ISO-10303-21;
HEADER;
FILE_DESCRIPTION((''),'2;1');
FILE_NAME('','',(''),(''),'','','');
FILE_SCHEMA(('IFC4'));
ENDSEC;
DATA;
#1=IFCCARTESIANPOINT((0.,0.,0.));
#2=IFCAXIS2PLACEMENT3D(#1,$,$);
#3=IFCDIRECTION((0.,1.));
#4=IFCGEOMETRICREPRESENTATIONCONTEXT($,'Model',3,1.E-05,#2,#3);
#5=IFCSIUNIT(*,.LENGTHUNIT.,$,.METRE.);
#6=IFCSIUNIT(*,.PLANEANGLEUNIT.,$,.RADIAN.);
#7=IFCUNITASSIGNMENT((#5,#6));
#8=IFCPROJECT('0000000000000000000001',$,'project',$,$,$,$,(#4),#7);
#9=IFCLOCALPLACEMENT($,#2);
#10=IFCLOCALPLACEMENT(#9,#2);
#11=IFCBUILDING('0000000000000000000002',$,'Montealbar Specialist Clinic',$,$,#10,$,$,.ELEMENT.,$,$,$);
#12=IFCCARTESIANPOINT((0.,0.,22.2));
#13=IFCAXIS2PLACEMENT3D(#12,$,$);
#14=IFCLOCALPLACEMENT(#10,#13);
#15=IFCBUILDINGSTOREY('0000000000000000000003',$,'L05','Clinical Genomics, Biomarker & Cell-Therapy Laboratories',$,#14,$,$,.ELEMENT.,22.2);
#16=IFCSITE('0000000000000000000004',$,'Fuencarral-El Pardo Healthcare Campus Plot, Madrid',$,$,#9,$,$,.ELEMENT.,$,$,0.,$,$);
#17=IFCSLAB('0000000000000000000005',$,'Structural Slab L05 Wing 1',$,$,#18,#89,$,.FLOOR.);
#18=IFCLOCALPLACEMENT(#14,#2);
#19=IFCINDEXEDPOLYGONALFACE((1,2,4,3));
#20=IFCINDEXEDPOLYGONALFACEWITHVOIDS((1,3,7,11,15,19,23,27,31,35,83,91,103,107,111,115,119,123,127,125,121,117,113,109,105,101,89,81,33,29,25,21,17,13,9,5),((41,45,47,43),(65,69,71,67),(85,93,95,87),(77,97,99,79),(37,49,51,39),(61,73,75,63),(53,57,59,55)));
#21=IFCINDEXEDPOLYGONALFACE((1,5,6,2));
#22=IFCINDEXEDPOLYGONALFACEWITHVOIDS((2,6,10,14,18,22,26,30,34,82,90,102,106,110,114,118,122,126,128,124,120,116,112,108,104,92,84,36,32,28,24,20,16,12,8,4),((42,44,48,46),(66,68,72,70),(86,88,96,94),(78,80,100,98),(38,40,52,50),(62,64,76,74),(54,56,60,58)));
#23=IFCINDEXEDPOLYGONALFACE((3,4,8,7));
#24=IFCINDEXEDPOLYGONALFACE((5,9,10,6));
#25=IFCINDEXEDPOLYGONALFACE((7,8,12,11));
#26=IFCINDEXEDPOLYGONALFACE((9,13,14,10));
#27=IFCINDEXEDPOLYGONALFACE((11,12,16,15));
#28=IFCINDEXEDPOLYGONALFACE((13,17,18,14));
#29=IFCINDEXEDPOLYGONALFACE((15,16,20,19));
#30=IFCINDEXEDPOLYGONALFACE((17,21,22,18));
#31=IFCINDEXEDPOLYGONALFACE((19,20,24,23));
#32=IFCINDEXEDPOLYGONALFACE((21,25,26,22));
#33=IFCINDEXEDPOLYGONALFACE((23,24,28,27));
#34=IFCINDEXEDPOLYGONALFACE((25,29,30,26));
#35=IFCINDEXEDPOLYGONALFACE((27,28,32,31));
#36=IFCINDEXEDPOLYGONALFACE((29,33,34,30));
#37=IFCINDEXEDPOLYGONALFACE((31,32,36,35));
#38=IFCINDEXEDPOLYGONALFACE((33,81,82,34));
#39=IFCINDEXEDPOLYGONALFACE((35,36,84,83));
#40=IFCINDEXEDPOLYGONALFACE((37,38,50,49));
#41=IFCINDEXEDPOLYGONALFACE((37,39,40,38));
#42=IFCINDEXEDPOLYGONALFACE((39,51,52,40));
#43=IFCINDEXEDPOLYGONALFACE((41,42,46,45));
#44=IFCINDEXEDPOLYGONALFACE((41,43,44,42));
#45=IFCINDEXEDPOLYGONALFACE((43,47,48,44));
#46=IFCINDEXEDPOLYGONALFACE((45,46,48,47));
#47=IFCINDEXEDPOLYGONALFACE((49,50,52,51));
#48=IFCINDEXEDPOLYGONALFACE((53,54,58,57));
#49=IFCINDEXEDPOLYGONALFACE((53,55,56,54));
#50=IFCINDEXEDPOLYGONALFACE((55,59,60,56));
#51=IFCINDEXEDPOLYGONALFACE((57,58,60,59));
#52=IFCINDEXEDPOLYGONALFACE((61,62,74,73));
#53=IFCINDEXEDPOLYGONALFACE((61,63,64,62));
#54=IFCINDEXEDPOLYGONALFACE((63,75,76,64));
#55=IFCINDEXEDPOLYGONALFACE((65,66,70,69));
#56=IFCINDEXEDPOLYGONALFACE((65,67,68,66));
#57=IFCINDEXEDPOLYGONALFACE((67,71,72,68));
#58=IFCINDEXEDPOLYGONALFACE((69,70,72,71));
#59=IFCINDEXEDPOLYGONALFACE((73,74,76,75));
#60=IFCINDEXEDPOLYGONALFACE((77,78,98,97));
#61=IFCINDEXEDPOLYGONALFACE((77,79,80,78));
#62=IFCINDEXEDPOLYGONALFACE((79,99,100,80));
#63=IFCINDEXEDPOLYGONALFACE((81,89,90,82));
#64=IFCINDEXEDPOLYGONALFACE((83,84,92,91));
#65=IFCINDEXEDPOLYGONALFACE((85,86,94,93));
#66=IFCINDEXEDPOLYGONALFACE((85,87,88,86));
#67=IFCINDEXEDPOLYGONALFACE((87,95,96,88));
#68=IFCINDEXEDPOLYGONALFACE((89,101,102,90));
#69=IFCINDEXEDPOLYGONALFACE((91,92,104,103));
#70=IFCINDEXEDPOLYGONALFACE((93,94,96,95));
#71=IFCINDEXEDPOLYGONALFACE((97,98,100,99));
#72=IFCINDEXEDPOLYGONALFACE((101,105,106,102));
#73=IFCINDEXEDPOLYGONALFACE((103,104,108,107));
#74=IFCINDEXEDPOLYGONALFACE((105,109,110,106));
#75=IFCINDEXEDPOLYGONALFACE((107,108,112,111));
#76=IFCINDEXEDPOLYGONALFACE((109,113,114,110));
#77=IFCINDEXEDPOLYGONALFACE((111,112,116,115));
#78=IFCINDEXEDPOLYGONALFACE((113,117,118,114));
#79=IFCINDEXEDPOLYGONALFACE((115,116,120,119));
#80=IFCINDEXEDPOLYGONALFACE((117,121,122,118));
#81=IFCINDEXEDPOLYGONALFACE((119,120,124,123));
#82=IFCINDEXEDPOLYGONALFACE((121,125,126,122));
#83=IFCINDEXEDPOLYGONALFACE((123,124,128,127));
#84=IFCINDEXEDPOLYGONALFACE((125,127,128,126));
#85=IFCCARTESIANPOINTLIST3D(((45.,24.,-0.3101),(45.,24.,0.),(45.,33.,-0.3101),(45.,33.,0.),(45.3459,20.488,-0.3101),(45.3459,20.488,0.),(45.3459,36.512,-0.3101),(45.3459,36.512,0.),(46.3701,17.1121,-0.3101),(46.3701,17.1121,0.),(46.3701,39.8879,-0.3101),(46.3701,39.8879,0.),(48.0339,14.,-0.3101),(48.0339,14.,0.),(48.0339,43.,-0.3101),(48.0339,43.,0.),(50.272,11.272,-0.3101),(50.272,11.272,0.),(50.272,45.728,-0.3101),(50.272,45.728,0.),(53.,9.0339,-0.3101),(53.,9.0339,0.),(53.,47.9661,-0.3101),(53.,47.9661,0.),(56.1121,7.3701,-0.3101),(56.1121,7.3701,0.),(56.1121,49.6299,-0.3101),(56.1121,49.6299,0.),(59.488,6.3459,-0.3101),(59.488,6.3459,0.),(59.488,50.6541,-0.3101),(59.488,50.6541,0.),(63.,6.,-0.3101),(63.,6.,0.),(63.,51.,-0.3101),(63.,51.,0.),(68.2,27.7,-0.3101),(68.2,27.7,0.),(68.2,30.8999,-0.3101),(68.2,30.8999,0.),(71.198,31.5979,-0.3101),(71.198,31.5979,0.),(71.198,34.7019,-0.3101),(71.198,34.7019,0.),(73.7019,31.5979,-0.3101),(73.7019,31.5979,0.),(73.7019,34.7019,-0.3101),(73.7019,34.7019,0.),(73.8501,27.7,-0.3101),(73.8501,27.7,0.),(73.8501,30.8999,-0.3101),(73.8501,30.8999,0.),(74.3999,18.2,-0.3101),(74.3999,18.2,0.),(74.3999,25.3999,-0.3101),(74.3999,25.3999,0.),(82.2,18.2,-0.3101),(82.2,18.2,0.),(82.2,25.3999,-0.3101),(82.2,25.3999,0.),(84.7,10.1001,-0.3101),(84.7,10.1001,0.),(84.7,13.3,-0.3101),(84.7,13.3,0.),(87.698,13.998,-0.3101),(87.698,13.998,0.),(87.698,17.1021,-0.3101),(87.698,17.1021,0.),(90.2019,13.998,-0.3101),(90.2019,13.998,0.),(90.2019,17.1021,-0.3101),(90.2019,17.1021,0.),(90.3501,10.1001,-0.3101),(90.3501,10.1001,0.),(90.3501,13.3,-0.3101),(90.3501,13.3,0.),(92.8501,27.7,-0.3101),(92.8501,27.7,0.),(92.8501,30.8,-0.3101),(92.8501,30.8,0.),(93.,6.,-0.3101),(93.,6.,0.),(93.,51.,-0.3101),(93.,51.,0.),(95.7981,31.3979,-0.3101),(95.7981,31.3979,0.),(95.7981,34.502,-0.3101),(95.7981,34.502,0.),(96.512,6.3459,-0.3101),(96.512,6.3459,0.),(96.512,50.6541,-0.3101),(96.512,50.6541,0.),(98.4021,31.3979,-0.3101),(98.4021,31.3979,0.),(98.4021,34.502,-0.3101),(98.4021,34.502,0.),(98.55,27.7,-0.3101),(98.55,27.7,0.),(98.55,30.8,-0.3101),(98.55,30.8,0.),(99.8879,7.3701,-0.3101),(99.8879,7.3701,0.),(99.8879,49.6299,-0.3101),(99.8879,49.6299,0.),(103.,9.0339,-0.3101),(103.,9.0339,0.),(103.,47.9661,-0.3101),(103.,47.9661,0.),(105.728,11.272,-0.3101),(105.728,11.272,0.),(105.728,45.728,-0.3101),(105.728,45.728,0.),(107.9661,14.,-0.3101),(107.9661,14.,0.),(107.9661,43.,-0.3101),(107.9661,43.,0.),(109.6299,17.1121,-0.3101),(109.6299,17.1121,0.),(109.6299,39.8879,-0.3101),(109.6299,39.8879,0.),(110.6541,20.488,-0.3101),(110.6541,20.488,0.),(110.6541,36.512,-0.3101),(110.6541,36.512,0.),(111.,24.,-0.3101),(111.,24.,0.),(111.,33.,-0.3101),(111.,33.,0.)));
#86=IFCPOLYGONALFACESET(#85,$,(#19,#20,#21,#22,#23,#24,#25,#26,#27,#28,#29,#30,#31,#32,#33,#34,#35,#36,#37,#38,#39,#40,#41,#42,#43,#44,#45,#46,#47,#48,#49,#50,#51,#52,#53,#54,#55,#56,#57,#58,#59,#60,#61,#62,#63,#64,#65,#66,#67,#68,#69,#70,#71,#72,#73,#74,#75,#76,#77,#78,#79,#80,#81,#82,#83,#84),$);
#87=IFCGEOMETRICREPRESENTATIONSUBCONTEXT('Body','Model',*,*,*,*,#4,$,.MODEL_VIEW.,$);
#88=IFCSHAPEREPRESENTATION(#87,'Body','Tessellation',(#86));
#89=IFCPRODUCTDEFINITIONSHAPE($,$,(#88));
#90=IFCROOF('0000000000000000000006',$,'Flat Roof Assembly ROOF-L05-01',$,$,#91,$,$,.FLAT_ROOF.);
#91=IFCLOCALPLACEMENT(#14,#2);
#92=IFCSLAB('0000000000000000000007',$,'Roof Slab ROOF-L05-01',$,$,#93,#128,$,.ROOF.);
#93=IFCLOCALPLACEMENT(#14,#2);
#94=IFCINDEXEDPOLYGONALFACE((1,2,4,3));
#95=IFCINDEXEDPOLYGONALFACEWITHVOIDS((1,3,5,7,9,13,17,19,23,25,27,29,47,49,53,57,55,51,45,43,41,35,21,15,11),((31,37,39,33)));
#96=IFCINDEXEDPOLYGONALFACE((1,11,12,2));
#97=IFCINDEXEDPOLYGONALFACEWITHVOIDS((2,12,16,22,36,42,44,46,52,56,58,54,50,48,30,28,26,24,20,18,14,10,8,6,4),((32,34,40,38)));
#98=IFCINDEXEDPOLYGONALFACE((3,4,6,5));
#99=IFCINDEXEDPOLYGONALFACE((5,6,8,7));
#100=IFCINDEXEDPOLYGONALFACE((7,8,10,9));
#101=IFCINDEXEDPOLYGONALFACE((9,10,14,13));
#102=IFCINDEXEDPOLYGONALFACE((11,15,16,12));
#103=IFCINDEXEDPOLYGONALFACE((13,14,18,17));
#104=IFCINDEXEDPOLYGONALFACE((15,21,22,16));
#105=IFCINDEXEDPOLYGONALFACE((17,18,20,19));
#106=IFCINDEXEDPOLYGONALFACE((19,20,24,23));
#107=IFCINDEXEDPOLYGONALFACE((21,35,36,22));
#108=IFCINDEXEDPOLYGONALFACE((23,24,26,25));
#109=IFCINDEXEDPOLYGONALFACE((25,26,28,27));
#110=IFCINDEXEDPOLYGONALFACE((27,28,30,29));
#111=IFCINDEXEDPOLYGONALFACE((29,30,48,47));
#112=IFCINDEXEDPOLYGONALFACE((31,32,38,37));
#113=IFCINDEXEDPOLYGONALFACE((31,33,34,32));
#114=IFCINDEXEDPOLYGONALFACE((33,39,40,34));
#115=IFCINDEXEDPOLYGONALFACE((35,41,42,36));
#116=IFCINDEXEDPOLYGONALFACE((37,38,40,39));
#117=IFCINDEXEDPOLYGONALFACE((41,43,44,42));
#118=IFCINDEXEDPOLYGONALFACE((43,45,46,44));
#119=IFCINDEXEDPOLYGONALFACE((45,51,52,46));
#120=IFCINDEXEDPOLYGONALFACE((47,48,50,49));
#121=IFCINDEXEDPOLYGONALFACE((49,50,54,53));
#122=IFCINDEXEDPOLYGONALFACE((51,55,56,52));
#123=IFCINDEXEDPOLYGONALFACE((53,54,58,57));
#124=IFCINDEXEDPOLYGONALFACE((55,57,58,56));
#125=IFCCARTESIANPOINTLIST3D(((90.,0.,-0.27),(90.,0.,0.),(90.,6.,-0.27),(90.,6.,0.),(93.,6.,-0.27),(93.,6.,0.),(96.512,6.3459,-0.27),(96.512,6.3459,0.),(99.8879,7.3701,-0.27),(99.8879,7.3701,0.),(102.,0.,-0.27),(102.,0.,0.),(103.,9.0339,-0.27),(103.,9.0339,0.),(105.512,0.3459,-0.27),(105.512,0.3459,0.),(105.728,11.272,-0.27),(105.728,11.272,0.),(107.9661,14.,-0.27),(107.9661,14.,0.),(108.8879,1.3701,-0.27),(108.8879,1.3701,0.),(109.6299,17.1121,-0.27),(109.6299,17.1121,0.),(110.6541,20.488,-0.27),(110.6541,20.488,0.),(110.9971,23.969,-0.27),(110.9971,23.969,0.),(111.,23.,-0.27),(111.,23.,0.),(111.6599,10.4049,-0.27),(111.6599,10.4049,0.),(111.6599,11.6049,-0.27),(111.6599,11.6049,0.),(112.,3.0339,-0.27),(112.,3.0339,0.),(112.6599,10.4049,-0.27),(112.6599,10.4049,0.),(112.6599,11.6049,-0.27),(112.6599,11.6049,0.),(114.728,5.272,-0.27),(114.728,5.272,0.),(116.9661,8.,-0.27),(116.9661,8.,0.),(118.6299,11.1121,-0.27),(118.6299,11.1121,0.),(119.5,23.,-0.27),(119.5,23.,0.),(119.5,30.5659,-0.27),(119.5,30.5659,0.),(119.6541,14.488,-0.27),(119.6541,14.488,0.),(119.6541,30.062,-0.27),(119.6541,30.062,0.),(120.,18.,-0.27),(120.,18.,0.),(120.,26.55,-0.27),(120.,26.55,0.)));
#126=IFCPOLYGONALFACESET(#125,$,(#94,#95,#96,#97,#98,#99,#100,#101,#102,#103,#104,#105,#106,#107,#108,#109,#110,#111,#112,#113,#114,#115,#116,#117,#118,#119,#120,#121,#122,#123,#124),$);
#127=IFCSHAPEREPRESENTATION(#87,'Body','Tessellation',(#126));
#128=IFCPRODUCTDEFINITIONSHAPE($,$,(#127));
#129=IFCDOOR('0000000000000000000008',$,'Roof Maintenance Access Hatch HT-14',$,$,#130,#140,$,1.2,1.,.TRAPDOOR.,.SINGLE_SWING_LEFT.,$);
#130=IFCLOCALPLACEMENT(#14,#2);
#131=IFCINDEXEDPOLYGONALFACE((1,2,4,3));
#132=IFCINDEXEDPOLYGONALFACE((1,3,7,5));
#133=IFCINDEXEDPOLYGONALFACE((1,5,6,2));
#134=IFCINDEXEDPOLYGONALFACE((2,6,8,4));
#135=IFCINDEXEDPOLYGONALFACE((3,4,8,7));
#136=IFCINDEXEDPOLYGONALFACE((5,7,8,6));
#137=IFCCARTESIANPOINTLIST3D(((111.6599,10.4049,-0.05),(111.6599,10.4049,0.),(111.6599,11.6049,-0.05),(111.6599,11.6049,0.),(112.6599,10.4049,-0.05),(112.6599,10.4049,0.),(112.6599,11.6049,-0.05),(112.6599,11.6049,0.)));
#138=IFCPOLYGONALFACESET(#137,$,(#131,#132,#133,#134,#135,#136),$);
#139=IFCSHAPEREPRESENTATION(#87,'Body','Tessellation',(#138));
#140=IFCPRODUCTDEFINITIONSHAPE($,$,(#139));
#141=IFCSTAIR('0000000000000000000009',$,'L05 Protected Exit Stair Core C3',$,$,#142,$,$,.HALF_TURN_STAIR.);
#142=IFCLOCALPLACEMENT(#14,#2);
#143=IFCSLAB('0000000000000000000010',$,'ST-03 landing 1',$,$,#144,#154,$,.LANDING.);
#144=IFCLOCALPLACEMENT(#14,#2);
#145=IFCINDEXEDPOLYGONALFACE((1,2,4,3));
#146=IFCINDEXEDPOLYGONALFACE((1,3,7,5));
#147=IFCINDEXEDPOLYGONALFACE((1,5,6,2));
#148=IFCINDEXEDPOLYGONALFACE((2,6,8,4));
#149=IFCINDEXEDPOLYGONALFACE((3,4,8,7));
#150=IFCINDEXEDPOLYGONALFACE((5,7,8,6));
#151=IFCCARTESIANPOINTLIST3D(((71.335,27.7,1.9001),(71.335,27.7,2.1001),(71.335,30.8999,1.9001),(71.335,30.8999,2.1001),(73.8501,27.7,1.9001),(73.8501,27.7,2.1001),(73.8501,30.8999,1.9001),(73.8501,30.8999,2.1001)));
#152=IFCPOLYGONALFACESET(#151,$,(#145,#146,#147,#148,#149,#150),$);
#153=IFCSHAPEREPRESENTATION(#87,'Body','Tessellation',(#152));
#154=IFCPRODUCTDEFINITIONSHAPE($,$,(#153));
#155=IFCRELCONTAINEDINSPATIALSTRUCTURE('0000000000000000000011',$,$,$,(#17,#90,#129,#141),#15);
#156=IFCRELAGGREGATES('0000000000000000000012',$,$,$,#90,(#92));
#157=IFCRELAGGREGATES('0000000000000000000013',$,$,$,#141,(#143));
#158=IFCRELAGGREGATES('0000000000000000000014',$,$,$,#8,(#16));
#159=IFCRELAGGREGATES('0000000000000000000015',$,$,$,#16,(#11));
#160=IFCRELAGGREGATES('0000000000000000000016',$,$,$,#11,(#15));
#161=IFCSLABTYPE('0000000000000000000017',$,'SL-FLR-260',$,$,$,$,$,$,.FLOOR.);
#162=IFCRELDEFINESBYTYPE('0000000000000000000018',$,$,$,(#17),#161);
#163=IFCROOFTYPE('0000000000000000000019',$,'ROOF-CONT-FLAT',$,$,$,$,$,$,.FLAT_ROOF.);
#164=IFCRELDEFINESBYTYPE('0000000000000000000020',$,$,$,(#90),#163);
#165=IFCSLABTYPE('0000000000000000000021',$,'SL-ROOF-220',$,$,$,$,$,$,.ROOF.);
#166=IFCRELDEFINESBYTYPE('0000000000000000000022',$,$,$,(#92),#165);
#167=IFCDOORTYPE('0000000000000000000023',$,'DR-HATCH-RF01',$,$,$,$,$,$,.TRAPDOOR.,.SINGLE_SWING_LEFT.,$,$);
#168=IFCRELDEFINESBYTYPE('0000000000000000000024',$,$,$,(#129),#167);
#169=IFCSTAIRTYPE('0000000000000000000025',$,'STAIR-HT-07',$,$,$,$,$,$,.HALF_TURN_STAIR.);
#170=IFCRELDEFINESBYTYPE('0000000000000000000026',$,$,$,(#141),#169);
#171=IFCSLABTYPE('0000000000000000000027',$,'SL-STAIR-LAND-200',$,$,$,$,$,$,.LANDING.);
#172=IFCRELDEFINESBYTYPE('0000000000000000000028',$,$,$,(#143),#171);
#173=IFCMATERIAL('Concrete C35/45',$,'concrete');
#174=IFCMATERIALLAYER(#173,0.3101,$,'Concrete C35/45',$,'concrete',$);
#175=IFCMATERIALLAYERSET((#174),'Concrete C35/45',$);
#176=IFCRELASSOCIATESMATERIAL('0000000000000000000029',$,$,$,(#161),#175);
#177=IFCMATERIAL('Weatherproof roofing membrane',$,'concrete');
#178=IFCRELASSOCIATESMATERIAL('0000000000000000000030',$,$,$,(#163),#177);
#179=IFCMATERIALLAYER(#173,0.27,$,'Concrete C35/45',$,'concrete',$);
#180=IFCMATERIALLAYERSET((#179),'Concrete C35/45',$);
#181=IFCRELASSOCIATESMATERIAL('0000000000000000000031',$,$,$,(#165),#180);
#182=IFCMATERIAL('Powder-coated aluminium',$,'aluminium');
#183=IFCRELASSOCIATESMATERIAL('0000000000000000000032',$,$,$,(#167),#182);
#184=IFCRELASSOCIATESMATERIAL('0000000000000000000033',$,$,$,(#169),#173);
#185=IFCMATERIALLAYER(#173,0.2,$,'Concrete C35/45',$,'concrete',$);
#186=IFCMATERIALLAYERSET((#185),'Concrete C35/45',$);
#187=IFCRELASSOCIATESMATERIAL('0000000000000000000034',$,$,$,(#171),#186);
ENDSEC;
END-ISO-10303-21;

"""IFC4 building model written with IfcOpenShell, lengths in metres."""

from ifc_helpers import new_model, si_unit, direction, frame, origin, origin_2d, place, context, subcontext, project, spatial, polyline, rectangle, outline, extrude, material, layer, layer_set, type_object, element, fill, aggregate, save


model = new_model("IFC4")

# Units and contexts
model_context = context("Model", 3, precision=1e-05, world=origin(), true_north=direction((0.0, 1.0)))
body_context = subcontext(model_context, "Body", "Model", "MODEL_VIEW")
ifc_project = project(units=[si_unit("LENGTHUNIT", "METRE"), si_unit("PLANEANGLEUNIT", "RADIAN")], contexts=[model_context])

# Site, building, storey
site_placement = place(None, origin())
site = spatial("IfcSite", under=ifc_project, at=site_placement, Name="Fuencarral-El Pardo Healthcare Campus Plot, Madrid", CompositionType="ELEMENT", RefElevation=0.0)
building_placement = place(site_placement, origin())
building = spatial("IfcBuilding", under=site, at=building_placement, Name="Montealbar Specialist Clinic", CompositionType="ELEMENT")
storey_placement = place(building_placement, frame((0.0, 0.0, 22.2)))
storey = spatial("IfcBuildingStorey", under=building, at=storey_placement, Name="L05", Description="Clinical Genomics, Biomarker & Cell-Therapy Laboratories", CompositionType="ELEMENT", Elevation=22.2)

# Slab, openings
ifc_material_1 = material(Name="Concrete C35/45", Category="concrete")
ifc_layer_1 = layer(ifc_material_1, 0.3101, Name="Concrete C35/45", Category="concrete")
ifc_layer_set_1 = layer_set([ifc_layer_1], Name="Concrete C35/45")
slab_type_1 = type_object("IfcSlabType", Name="SL-FLR-260", PredefinedType="FLOOR", material=ifc_layer_set_1)
slab_1_placement = place(storey_placement, frame((0.0, 0.0, -0.3101)))
slab_1 = element("IfcSlab", 1, at=slab_1_placement, inside=storey, type_object=slab_type_1, Name="Structural Slab L05 Wing 1", PredefinedType="FLOOR", context=body_context, shape_type="SweptSolid", body=[
    extrude(outline(polyline([(45.0, 33.0), (45.3459, 36.512), (46.3701, 39.8879), (48.0339, 43.0), (50.272, 45.728), (53.0, 47.9661), (56.1121, 49.6299), (59.488, 50.6541), (63.0, 51.0), (93.0, 51.0), (96.512, 50.6541), (99.8879, 49.6299), (103.0, 47.9661), (105.728, 45.728), (107.9661, 43.0), (109.6299, 39.8879), (110.6541, 36.512), (111.0, 33.0), (111.0, 24.0), (110.6541, 20.488), (109.6299, 17.1121), (107.9661, 14.0), (105.728, 11.272), (103.0, 9.0339), (99.8879, 7.3701), (96.512, 6.3459), (93.0, 6.0), (63.0, 6.0), (59.488, 6.3459), (56.1121, 7.3701), (53.0, 9.0339), (50.272, 11.272), (48.0339, 14.0), (46.3701, 17.1121), (45.3459, 20.488), (45.0, 24.0), (45.0, 33.0)]), holes=[polyline([(82.2, 18.2), (82.2, 25.3999), (74.3999, 25.3999), (74.3999, 18.2), (82.2, 18.2)]), polyline([(84.7, 10.1001), (90.3501, 10.1001), (90.3501, 13.3), (84.7, 13.3), (84.7, 10.1001)]), polyline([(87.698, 17.1021), (87.698, 13.998), (90.2019, 13.998), (90.2019, 17.1021), (87.698, 17.1021)]), polyline([(92.8501, 30.8), (92.8501, 27.7), (98.55, 27.7), (98.55, 30.8), (92.8501, 30.8)]), polyline([(68.2, 27.7), (73.8501, 27.7), (73.8501, 30.8999), (68.2, 30.8999), (68.2, 27.7)]), polyline([(95.7981, 34.502), (95.7981, 31.3979), (98.4021, 31.3979), (98.4021, 34.502), (95.7981, 34.502)]), polyline([(71.198, 34.7019), (71.198, 31.5979), (73.7019, 31.5979), (73.7019, 34.7019), (71.198, 34.7019)])]), origin(), (0.0, 0.0, 1.0), 0.3101),
])
opening_1_placement = place(slab_1_placement, frame((71.0249, 29.2998, -0.01)))
element("IfcOpeningElement", 2, at=opening_1_placement, cuts=slab_1, PredefinedType="OPENING", context=body_context, shape_type="SweptSolid", body=[
    extrude(rectangle(XDim=5.6462, YDim=3.196, at=origin_2d()), origin(), (0.0, 0.0, 1.0), 0.3301),
])
opening_2_placement = place(slab_1_placement, frame((72.45, 33.1499, -0.01)))
element("IfcOpeningElement", 3, at=opening_2_placement, cuts=slab_1, PredefinedType="OPENING", context=body_context, shape_type="SweptSolid", body=[
    extrude(rectangle(XDim=2.5, YDim=3.1001, at=origin_2d()), origin(), (0.0, 0.0, 1.0), 0.3301),
])
opening_3_placement = place(slab_1_placement, frame((87.5249, 11.7002, -0.01)))
element("IfcOpeningElement", 4, at=opening_3_placement, cuts=slab_1, PredefinedType="OPENING", context=body_context, shape_type="SweptSolid", body=[
    extrude(rectangle(XDim=5.6462, YDim=3.196, at=origin_2d()), origin(), (0.0, 0.0, 1.0), 0.3301),
])
opening_4_placement = place(slab_1_placement, frame((88.95, 15.55, -0.01)))
element("IfcOpeningElement", 5, at=opening_4_placement, cuts=slab_1, PredefinedType="OPENING", context=body_context, shape_type="SweptSolid", body=[
    extrude(rectangle(XDim=2.5, YDim=3.1001, at=origin_2d()), origin(), (0.0, 0.0, 1.0), 0.3301),
])
opening_5_placement = place(slab_1_placement, frame((95.7002, 29.25, -0.01)))
element("IfcOpeningElement", 6, at=opening_5_placement, cuts=slab_1, PredefinedType="OPENING", context=body_context, shape_type="SweptSolid", body=[
    extrude(rectangle(XDim=5.696, YDim=3.0962, at=origin_2d()), origin(), (0.0, 0.0, 1.0), 0.3301),
])
opening_6_placement = place(slab_1_placement, frame((97.1001, 32.95, -0.01)))
element("IfcOpeningElement", 7, at=opening_6_placement, cuts=slab_1, PredefinedType="OPENING", context=body_context, shape_type="SweptSolid", body=[
    extrude(rectangle(XDim=2.6001, YDim=3.1001, at=origin_2d()), origin(), (0.0, 0.0, 1.0), 0.3301),
])

# Roof, slab, opening, door
ifc_material_2 = material(Name="Weatherproof roofing membrane", Category="concrete")
roof_type = type_object("IfcRoofType", Name="ROOF-CONT-FLAT", PredefinedType="FLAT_ROOF", material=ifc_material_2)
roof_1_placement = place(storey_placement, origin())
roof_1 = element("IfcRoof", 8, at=roof_1_placement, inside=storey, type_object=roof_type, Name="Flat Roof Assembly ROOF-L05-01", PredefinedType="FLAT_ROOF")
ifc_layer_2 = layer(ifc_material_1, 0.27, Name="Concrete C35/45", Category="concrete")
ifc_layer_set_2 = layer_set([ifc_layer_2], Name="Concrete C35/45")
slab_type_2 = type_object("IfcSlabType", Name="SL-ROOF-220", PredefinedType="ROOF", material=ifc_layer_set_2)
slab_2_placement = place(storey_placement, frame((0.0, 0.0, -0.27)))
slab_2 = element("IfcSlab", 9, at=slab_2_placement, type_object=slab_type_2, Name="Roof Slab ROOF-L05-01", PredefinedType="ROOF", context=body_context, shape_type="SweptSolid", body=[
    extrude(outline(polyline([(120.0, 26.55), (120.0, 18.0), (119.6541, 14.488), (118.6299, 11.1121), (116.9661, 8.0), (114.728, 5.272), (112.0, 3.0339), (108.8879, 1.3701), (105.512, 0.3459), (102.0, 0.0), (90.0, 0.0), (90.0, 6.0), (93.0, 6.0), (96.512, 6.3459), (99.8879, 7.3701), (103.0, 9.0339), (105.728, 11.272), (107.9661, 14.0), (109.6299, 17.1121), (110.6541, 20.488), (110.9971, 23.969), (111.0, 23.0), (119.5, 23.0), (119.5, 30.5659), (119.6541, 30.062), (120.0, 26.55)]), holes=[polyline([(112.6499, 11.595), (111.6699, 11.595), (111.6699, 10.415), (112.6499, 10.415), (112.6499, 11.595)])]), origin(), (0.0, 0.0, 1.0), 0.27),
])
opening_7_placement = place(slab_2_placement, frame((112.1599, 11.0049, -0.01)))
opening_7 = element("IfcOpeningElement", 10, at=opening_7_placement, cuts=slab_2, PredefinedType="OPENING", context=body_context, shape_type="SweptSolid", body=[
    extrude(rectangle(XDim=1.0, YDim=1.2, at=origin_2d()), origin(), (0.0, 0.0, 1.0), 0.29),
])
ifc_material_3 = material(Name="Powder-coated aluminium", Category="aluminium")
door_type = type_object("IfcDoorType", Name="DR-HATCH-RF01", OperationType="SINGLE_SWING_LEFT", PredefinedType="TRAPDOOR", material=ifc_material_3)
door_1_placement = place(slab_2_placement, frame((112.1599, 11.0049, 0.22)))
door_1 = element("IfcDoor", 11, at=door_1_placement, inside=storey, type_object=door_type, Name="Roof Maintenance Access Hatch HT-14", OperationType="SINGLE_SWING_LEFT", OverallHeight=1.2, OverallWidth=1.0, PredefinedType="TRAPDOOR", context=body_context, shape_type="SweptSolid", body=[
    extrude(rectangle(XDim=1.0, YDim=1.2, at=origin_2d()), origin(), (0.0, 0.0, 1.0), 0.05),
])
fill(opening_7, door_1)
aggregate(roof_1, [slab_2])

# Stair, slab
stair_type_1 = type_object("IfcStairType", Name="STAIR-HT-07", PredefinedType="HALF_TURN_STAIR", material=ifc_material_1)
stair_1_placement = place(storey_placement, origin())
stair_1 = element("IfcStair", 12, at=stair_1_placement, inside=storey, type_object=stair_type_1, Name="L05 Protected Exit Stair Core C3", PredefinedType="HALF_TURN_STAIR")
ifc_layer_3 = layer(ifc_material_1, 0.2, Name="Concrete C35/45", Category="concrete")
ifc_layer_set_3 = layer_set([ifc_layer_3], Name="Concrete C35/45")
slab_type_3 = type_object("IfcSlabType", Name="SL-STAIR-LAND-200", PredefinedType="LANDING", material=ifc_layer_set_3)
slab_3_placement = place(storey_placement, frame((0.0, 0.0, 1.9001)))
slab_3 = element("IfcSlab", 13, at=slab_3_placement, type_object=slab_type_3, Name="ST-03 landing 1", PredefinedType="LANDING", context=body_context, shape_type="SweptSolid", body=[
    extrude(outline(polyline([(71.335, 27.7), (73.8501, 27.7), (73.8501, 30.8999), (71.335, 30.8999), (71.335, 27.7)])), origin(), (0.0, 0.0, 1.0), 0.2),
])
aggregate(stair_1, [slab_3])

save(model, "model.ifc")
